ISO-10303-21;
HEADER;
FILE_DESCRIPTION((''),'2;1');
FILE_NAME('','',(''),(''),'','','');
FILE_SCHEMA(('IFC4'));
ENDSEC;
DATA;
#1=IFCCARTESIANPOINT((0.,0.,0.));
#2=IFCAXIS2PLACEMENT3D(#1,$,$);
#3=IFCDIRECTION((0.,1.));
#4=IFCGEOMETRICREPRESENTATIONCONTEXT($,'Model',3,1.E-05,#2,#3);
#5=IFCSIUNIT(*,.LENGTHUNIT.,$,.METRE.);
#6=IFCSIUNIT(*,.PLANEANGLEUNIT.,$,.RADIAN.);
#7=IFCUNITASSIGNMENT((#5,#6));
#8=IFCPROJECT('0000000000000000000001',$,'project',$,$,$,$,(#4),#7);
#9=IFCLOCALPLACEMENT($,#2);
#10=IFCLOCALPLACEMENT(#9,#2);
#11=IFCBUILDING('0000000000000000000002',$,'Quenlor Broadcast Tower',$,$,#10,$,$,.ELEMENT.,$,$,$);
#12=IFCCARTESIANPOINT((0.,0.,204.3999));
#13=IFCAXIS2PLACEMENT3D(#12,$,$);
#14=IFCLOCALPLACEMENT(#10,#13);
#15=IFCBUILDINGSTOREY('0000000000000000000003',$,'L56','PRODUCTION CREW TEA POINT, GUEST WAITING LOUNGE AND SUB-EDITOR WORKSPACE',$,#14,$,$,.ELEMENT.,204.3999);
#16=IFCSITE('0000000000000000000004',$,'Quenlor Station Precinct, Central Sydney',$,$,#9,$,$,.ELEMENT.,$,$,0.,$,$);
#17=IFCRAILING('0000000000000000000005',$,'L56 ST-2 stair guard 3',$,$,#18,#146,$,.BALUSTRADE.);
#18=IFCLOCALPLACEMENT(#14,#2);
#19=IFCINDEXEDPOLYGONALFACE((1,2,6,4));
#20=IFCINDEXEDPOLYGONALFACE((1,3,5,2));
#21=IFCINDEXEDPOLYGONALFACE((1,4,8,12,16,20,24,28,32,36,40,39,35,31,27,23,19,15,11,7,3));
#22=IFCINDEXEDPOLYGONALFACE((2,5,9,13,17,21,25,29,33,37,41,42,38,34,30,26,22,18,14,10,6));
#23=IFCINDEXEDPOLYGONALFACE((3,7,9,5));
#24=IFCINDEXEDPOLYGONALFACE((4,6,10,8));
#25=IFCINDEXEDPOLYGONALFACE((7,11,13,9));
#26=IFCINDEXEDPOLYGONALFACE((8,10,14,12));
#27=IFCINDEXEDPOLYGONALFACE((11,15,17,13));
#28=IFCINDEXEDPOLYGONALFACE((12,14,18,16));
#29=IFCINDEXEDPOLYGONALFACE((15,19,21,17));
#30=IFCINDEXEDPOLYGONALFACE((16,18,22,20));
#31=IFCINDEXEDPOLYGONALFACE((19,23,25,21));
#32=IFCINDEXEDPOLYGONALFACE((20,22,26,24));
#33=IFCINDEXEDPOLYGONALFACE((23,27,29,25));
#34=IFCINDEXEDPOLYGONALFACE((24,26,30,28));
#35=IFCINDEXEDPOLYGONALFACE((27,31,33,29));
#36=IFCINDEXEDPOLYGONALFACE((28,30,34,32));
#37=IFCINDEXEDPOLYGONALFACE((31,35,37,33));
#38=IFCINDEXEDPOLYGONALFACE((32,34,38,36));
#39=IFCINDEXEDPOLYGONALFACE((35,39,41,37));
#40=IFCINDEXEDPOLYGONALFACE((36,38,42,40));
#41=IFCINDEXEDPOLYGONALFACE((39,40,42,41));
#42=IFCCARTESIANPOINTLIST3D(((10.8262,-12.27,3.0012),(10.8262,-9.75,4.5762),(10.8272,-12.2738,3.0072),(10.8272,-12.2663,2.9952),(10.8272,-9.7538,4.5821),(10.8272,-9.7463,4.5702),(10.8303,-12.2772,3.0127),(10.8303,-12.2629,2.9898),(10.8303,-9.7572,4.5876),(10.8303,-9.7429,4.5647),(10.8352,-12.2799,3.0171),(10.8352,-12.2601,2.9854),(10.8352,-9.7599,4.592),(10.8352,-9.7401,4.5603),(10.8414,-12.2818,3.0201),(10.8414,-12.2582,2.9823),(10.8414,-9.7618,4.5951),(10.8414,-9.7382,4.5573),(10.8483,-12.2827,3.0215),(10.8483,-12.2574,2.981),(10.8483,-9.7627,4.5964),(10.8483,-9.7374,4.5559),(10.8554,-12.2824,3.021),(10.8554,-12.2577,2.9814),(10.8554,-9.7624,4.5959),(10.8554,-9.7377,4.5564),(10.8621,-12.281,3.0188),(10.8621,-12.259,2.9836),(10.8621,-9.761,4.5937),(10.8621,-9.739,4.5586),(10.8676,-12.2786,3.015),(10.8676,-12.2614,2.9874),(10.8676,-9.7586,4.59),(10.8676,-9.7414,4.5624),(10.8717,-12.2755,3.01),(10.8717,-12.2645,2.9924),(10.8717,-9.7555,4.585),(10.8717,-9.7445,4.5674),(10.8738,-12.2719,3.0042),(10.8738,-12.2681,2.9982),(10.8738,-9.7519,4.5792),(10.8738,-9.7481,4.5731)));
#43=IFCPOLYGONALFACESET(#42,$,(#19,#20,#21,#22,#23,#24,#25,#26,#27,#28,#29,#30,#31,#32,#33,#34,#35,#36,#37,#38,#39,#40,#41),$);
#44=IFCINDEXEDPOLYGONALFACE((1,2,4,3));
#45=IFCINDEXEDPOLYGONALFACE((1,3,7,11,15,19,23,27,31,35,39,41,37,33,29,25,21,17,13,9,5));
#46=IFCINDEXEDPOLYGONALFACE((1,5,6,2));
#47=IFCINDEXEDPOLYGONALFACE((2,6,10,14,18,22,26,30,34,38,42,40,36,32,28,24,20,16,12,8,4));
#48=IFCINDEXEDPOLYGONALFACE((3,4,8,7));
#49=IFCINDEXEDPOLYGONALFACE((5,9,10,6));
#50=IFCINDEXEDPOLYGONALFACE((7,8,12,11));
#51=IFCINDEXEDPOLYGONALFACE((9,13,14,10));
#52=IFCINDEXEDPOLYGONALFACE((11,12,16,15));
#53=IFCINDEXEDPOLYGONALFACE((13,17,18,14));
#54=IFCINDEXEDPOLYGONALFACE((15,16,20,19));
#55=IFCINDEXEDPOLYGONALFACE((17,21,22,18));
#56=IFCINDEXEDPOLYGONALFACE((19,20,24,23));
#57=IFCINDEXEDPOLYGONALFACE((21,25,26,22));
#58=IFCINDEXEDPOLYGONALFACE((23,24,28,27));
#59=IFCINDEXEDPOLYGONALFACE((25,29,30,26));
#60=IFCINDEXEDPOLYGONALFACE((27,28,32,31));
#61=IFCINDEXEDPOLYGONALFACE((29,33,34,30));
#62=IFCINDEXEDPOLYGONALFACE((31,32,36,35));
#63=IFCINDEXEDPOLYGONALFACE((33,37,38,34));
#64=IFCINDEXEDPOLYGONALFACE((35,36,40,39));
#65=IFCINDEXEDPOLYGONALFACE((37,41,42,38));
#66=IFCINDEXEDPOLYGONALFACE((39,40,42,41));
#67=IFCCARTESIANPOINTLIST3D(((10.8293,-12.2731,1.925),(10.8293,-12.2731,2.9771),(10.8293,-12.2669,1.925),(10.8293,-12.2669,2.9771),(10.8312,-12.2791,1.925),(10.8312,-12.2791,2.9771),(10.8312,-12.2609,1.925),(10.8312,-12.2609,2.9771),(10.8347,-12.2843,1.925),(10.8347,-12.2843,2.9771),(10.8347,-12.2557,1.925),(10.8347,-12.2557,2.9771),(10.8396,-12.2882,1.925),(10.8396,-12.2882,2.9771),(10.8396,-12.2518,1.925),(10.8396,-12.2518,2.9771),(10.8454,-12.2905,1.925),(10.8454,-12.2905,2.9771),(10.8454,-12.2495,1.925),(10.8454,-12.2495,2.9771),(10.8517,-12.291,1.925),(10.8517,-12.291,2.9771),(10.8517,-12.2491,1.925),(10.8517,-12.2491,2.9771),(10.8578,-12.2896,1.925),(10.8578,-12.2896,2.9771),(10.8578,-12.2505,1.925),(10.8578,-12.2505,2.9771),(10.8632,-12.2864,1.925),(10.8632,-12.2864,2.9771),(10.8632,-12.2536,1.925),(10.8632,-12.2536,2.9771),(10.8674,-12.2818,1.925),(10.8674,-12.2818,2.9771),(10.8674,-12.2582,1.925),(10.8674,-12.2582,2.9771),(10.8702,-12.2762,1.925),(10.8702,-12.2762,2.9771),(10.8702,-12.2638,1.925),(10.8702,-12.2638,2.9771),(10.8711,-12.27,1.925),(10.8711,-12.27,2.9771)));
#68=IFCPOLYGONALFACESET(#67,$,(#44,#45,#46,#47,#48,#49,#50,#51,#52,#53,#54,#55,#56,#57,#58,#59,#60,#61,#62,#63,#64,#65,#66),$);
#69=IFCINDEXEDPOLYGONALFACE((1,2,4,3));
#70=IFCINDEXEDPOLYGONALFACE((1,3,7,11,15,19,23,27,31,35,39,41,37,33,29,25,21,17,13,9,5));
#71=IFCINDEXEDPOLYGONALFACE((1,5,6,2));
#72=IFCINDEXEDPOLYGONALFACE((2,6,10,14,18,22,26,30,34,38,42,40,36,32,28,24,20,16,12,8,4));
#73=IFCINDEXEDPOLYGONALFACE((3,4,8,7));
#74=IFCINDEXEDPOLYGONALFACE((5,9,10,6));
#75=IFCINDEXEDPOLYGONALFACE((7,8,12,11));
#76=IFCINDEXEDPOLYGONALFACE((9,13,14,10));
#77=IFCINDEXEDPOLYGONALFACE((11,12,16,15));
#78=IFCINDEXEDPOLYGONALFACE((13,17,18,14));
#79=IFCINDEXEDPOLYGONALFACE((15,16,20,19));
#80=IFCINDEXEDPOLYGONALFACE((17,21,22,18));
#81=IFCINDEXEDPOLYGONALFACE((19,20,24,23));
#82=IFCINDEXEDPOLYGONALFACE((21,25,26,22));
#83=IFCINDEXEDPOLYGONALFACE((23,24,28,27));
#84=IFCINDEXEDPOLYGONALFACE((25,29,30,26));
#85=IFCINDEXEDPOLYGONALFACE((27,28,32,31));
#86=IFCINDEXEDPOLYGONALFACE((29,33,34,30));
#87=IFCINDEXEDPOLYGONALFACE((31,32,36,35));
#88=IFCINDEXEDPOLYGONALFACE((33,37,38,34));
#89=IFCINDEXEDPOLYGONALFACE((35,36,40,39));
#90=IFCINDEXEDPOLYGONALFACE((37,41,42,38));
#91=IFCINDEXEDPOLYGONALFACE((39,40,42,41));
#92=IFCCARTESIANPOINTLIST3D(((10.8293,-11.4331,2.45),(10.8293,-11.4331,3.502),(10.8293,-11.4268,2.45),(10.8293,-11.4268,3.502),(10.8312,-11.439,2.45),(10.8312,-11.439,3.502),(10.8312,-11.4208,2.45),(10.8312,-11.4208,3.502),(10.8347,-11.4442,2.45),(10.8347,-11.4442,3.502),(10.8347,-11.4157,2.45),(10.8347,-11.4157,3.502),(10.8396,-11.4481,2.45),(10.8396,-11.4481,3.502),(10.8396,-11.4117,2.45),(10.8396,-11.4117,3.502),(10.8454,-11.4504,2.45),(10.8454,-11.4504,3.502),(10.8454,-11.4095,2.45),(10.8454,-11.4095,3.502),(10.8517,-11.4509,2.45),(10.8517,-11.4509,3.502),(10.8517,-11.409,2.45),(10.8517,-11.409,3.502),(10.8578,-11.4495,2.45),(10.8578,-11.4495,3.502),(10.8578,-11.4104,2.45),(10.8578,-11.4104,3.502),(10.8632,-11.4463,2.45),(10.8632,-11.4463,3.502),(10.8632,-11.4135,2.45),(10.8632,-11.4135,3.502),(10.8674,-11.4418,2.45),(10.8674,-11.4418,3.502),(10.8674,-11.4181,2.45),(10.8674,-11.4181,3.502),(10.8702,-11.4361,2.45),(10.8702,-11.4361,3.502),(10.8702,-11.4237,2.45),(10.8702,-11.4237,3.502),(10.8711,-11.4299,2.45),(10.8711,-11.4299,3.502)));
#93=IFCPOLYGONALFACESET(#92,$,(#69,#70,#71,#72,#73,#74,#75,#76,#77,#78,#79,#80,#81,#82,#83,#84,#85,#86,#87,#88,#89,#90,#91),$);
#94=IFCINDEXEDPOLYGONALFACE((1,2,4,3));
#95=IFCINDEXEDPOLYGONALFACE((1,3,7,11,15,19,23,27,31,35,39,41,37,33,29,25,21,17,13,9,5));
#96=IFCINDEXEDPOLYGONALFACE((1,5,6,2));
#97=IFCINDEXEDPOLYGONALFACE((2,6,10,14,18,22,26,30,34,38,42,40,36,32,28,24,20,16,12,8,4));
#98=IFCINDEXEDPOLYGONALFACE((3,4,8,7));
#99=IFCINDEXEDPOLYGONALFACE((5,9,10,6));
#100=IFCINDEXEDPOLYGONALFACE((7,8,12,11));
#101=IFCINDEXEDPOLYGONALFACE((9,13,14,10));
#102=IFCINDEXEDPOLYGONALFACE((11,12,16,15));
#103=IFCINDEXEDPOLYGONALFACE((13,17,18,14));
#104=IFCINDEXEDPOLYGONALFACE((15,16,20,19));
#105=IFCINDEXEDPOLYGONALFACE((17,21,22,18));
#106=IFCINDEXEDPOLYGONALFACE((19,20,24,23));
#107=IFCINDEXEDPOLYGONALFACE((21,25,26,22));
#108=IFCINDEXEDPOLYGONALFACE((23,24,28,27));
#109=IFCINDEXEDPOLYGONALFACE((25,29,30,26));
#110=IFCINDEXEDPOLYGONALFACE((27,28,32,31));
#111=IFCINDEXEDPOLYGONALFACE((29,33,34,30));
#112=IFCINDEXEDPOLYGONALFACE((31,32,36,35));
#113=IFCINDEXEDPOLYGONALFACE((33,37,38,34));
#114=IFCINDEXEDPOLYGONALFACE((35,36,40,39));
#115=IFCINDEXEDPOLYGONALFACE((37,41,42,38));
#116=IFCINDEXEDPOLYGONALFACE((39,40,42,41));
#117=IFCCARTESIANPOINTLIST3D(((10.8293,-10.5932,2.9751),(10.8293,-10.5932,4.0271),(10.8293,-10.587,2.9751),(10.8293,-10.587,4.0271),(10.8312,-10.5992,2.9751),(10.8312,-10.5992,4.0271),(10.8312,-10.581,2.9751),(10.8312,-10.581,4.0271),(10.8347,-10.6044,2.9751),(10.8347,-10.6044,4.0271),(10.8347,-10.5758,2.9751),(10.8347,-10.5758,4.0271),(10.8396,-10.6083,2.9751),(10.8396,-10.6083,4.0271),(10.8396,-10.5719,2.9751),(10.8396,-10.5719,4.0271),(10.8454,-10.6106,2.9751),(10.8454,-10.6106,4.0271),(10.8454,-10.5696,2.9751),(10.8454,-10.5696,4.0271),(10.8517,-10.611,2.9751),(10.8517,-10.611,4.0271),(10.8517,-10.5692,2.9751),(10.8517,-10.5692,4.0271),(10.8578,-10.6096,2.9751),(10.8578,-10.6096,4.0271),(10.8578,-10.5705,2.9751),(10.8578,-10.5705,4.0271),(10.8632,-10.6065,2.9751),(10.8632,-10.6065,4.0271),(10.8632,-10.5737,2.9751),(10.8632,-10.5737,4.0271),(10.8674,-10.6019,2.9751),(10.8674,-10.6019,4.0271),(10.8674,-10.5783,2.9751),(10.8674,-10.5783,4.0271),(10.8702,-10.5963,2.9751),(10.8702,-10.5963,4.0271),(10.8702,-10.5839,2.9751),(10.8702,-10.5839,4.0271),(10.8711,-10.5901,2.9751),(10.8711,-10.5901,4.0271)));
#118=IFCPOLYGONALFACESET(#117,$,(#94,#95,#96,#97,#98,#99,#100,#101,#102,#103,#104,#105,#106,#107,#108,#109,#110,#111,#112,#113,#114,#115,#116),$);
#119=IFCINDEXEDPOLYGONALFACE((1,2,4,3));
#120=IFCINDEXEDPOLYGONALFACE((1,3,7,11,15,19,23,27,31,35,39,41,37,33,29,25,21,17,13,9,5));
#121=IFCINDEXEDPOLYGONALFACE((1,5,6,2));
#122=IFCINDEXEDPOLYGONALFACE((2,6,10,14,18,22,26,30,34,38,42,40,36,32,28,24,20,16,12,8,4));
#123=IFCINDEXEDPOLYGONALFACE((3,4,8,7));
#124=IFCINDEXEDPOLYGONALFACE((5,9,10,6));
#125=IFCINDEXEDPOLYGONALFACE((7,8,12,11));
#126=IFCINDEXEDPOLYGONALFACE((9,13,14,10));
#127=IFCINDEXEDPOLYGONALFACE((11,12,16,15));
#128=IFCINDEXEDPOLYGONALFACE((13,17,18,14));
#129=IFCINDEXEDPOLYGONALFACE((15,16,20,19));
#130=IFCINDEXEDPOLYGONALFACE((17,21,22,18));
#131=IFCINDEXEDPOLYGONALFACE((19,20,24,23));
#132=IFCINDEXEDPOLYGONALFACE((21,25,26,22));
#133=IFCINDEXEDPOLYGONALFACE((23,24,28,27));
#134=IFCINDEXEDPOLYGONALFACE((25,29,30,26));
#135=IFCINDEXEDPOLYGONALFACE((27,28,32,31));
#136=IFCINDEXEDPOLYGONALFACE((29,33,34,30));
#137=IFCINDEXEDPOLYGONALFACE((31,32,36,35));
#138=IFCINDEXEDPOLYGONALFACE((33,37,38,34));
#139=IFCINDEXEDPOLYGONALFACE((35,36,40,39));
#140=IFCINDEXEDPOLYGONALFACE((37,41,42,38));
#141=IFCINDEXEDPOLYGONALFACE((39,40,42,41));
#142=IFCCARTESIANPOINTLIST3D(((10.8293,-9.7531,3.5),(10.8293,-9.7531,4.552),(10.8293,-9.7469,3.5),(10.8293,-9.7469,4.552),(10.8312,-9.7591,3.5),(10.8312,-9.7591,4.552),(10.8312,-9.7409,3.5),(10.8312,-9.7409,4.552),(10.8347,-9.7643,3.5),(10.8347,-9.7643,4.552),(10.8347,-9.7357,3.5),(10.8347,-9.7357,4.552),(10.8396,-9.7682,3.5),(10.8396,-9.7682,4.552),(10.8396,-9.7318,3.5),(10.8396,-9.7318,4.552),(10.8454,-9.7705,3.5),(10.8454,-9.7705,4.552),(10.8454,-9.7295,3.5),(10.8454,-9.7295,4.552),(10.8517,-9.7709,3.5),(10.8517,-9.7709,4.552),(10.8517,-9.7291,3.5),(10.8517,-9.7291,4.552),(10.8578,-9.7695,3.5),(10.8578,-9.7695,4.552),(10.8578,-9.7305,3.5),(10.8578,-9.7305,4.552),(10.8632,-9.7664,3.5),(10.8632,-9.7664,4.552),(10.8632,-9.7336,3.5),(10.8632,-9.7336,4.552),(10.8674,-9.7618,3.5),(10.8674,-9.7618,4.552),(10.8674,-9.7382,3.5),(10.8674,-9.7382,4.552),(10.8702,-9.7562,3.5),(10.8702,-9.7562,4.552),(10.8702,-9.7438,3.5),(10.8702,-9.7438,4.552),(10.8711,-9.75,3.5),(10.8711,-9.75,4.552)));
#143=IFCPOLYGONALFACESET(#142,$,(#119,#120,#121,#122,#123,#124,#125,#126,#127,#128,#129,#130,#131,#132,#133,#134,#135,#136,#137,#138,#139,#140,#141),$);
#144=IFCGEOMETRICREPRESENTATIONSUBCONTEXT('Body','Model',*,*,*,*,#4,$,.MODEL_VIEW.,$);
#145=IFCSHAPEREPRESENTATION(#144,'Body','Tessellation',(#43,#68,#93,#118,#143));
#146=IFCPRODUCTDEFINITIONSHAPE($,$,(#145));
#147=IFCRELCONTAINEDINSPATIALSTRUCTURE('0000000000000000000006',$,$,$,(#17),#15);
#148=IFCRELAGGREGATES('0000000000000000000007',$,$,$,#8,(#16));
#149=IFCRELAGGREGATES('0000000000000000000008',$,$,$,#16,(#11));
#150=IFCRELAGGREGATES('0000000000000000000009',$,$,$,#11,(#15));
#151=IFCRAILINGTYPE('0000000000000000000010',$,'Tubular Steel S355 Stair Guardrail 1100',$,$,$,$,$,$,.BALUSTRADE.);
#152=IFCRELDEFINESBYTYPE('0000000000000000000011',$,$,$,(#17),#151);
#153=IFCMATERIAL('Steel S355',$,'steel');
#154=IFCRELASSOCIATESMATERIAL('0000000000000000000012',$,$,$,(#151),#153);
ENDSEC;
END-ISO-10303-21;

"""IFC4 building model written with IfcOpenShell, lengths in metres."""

from ifc_helpers import new_model, si_unit, direction, frame, origin, origin_2d, place, context, subcontext, project, spatial, circle, extrude, material, type_object, element, save


model = new_model("IFC4")

# Units and contexts
model_context = context("Model", 3, precision=1e-05, world=origin(), true_north=direction((0.0, 1.0)))
body_context = subcontext(model_context, "Body", "Model", "MODEL_VIEW")
ifc_project = project(units=[si_unit("LENGTHUNIT", "METRE"), si_unit("PLANEANGLEUNIT", "RADIAN")], contexts=[model_context])

# Site, building, storey
site_placement = place(None, origin())
site = spatial("IfcSite", under=ifc_project, at=site_placement, Name="Quenlor Station Precinct, Central Sydney", CompositionType="ELEMENT", RefElevation=0.0)
building_placement = place(site_placement, origin())
building = spatial("IfcBuilding", under=site, at=building_placement, Name="Quenlor Broadcast Tower", CompositionType="ELEMENT")
storey_placement = place(building_placement, frame((0.0, 0.0, 204.3999)))
storey = spatial("IfcBuildingStorey", under=building, at=storey_placement, Name="L56", Description="PRODUCTION CREW TEA POINT, GUEST WAITING LOUNGE AND SUB-EDITOR WORKSPACE", CompositionType="ELEMENT", Elevation=204.3999)

# Railing
ifc_material_1 = material(Name="Steel S355", Category="steel")
railing_type_1 = type_object("IfcRailingType", Name="Tubular Steel S355 Stair Guardrail 1100", PredefinedType="BALUSTRADE", material=ifc_material_1)
railing_1_placement = place(storey_placement, frame((10.8501, -12.27, 1.925)))
element("IfcRailing", 1, at=railing_1_placement, inside=storey, type_object=railing_type_1, Name="L56 ST-2 stair guard 3", PredefinedType="BALUSTRADE", context=body_context, shape_type="SweptSolid", body=[
    extrude(circle(Radius=0.0239, at=origin_2d()), frame((0.0, 0.0, 1.0762), z_axis=(0.0, 0.848008, 0.529984), x_axis=(-1.0, 0.0, 0.0)), (0.0, 0.0, 1.0), 2.9717),
    extrude(circle(Radius=0.021, at=origin_2d()), origin(), (0.0, 0.0, 1.0), 1.052),
    extrude(circle(Radius=0.021, at=origin_2d()), frame((0.0, 0.8401, 0.5249)), (0.0, 0.0, 1.0), 1.052),
    extrude(circle(Radius=0.021, at=origin_2d()), frame((0.0, 1.6799, 1.05)), (0.0, 0.0, 1.0), 1.052),
    extrude(circle(Radius=0.021, at=origin_2d()), frame((0.0, 2.52, 1.575)), (0.0, 0.0, 1.0), 1.052),
])

save(model, "model.ifc")
